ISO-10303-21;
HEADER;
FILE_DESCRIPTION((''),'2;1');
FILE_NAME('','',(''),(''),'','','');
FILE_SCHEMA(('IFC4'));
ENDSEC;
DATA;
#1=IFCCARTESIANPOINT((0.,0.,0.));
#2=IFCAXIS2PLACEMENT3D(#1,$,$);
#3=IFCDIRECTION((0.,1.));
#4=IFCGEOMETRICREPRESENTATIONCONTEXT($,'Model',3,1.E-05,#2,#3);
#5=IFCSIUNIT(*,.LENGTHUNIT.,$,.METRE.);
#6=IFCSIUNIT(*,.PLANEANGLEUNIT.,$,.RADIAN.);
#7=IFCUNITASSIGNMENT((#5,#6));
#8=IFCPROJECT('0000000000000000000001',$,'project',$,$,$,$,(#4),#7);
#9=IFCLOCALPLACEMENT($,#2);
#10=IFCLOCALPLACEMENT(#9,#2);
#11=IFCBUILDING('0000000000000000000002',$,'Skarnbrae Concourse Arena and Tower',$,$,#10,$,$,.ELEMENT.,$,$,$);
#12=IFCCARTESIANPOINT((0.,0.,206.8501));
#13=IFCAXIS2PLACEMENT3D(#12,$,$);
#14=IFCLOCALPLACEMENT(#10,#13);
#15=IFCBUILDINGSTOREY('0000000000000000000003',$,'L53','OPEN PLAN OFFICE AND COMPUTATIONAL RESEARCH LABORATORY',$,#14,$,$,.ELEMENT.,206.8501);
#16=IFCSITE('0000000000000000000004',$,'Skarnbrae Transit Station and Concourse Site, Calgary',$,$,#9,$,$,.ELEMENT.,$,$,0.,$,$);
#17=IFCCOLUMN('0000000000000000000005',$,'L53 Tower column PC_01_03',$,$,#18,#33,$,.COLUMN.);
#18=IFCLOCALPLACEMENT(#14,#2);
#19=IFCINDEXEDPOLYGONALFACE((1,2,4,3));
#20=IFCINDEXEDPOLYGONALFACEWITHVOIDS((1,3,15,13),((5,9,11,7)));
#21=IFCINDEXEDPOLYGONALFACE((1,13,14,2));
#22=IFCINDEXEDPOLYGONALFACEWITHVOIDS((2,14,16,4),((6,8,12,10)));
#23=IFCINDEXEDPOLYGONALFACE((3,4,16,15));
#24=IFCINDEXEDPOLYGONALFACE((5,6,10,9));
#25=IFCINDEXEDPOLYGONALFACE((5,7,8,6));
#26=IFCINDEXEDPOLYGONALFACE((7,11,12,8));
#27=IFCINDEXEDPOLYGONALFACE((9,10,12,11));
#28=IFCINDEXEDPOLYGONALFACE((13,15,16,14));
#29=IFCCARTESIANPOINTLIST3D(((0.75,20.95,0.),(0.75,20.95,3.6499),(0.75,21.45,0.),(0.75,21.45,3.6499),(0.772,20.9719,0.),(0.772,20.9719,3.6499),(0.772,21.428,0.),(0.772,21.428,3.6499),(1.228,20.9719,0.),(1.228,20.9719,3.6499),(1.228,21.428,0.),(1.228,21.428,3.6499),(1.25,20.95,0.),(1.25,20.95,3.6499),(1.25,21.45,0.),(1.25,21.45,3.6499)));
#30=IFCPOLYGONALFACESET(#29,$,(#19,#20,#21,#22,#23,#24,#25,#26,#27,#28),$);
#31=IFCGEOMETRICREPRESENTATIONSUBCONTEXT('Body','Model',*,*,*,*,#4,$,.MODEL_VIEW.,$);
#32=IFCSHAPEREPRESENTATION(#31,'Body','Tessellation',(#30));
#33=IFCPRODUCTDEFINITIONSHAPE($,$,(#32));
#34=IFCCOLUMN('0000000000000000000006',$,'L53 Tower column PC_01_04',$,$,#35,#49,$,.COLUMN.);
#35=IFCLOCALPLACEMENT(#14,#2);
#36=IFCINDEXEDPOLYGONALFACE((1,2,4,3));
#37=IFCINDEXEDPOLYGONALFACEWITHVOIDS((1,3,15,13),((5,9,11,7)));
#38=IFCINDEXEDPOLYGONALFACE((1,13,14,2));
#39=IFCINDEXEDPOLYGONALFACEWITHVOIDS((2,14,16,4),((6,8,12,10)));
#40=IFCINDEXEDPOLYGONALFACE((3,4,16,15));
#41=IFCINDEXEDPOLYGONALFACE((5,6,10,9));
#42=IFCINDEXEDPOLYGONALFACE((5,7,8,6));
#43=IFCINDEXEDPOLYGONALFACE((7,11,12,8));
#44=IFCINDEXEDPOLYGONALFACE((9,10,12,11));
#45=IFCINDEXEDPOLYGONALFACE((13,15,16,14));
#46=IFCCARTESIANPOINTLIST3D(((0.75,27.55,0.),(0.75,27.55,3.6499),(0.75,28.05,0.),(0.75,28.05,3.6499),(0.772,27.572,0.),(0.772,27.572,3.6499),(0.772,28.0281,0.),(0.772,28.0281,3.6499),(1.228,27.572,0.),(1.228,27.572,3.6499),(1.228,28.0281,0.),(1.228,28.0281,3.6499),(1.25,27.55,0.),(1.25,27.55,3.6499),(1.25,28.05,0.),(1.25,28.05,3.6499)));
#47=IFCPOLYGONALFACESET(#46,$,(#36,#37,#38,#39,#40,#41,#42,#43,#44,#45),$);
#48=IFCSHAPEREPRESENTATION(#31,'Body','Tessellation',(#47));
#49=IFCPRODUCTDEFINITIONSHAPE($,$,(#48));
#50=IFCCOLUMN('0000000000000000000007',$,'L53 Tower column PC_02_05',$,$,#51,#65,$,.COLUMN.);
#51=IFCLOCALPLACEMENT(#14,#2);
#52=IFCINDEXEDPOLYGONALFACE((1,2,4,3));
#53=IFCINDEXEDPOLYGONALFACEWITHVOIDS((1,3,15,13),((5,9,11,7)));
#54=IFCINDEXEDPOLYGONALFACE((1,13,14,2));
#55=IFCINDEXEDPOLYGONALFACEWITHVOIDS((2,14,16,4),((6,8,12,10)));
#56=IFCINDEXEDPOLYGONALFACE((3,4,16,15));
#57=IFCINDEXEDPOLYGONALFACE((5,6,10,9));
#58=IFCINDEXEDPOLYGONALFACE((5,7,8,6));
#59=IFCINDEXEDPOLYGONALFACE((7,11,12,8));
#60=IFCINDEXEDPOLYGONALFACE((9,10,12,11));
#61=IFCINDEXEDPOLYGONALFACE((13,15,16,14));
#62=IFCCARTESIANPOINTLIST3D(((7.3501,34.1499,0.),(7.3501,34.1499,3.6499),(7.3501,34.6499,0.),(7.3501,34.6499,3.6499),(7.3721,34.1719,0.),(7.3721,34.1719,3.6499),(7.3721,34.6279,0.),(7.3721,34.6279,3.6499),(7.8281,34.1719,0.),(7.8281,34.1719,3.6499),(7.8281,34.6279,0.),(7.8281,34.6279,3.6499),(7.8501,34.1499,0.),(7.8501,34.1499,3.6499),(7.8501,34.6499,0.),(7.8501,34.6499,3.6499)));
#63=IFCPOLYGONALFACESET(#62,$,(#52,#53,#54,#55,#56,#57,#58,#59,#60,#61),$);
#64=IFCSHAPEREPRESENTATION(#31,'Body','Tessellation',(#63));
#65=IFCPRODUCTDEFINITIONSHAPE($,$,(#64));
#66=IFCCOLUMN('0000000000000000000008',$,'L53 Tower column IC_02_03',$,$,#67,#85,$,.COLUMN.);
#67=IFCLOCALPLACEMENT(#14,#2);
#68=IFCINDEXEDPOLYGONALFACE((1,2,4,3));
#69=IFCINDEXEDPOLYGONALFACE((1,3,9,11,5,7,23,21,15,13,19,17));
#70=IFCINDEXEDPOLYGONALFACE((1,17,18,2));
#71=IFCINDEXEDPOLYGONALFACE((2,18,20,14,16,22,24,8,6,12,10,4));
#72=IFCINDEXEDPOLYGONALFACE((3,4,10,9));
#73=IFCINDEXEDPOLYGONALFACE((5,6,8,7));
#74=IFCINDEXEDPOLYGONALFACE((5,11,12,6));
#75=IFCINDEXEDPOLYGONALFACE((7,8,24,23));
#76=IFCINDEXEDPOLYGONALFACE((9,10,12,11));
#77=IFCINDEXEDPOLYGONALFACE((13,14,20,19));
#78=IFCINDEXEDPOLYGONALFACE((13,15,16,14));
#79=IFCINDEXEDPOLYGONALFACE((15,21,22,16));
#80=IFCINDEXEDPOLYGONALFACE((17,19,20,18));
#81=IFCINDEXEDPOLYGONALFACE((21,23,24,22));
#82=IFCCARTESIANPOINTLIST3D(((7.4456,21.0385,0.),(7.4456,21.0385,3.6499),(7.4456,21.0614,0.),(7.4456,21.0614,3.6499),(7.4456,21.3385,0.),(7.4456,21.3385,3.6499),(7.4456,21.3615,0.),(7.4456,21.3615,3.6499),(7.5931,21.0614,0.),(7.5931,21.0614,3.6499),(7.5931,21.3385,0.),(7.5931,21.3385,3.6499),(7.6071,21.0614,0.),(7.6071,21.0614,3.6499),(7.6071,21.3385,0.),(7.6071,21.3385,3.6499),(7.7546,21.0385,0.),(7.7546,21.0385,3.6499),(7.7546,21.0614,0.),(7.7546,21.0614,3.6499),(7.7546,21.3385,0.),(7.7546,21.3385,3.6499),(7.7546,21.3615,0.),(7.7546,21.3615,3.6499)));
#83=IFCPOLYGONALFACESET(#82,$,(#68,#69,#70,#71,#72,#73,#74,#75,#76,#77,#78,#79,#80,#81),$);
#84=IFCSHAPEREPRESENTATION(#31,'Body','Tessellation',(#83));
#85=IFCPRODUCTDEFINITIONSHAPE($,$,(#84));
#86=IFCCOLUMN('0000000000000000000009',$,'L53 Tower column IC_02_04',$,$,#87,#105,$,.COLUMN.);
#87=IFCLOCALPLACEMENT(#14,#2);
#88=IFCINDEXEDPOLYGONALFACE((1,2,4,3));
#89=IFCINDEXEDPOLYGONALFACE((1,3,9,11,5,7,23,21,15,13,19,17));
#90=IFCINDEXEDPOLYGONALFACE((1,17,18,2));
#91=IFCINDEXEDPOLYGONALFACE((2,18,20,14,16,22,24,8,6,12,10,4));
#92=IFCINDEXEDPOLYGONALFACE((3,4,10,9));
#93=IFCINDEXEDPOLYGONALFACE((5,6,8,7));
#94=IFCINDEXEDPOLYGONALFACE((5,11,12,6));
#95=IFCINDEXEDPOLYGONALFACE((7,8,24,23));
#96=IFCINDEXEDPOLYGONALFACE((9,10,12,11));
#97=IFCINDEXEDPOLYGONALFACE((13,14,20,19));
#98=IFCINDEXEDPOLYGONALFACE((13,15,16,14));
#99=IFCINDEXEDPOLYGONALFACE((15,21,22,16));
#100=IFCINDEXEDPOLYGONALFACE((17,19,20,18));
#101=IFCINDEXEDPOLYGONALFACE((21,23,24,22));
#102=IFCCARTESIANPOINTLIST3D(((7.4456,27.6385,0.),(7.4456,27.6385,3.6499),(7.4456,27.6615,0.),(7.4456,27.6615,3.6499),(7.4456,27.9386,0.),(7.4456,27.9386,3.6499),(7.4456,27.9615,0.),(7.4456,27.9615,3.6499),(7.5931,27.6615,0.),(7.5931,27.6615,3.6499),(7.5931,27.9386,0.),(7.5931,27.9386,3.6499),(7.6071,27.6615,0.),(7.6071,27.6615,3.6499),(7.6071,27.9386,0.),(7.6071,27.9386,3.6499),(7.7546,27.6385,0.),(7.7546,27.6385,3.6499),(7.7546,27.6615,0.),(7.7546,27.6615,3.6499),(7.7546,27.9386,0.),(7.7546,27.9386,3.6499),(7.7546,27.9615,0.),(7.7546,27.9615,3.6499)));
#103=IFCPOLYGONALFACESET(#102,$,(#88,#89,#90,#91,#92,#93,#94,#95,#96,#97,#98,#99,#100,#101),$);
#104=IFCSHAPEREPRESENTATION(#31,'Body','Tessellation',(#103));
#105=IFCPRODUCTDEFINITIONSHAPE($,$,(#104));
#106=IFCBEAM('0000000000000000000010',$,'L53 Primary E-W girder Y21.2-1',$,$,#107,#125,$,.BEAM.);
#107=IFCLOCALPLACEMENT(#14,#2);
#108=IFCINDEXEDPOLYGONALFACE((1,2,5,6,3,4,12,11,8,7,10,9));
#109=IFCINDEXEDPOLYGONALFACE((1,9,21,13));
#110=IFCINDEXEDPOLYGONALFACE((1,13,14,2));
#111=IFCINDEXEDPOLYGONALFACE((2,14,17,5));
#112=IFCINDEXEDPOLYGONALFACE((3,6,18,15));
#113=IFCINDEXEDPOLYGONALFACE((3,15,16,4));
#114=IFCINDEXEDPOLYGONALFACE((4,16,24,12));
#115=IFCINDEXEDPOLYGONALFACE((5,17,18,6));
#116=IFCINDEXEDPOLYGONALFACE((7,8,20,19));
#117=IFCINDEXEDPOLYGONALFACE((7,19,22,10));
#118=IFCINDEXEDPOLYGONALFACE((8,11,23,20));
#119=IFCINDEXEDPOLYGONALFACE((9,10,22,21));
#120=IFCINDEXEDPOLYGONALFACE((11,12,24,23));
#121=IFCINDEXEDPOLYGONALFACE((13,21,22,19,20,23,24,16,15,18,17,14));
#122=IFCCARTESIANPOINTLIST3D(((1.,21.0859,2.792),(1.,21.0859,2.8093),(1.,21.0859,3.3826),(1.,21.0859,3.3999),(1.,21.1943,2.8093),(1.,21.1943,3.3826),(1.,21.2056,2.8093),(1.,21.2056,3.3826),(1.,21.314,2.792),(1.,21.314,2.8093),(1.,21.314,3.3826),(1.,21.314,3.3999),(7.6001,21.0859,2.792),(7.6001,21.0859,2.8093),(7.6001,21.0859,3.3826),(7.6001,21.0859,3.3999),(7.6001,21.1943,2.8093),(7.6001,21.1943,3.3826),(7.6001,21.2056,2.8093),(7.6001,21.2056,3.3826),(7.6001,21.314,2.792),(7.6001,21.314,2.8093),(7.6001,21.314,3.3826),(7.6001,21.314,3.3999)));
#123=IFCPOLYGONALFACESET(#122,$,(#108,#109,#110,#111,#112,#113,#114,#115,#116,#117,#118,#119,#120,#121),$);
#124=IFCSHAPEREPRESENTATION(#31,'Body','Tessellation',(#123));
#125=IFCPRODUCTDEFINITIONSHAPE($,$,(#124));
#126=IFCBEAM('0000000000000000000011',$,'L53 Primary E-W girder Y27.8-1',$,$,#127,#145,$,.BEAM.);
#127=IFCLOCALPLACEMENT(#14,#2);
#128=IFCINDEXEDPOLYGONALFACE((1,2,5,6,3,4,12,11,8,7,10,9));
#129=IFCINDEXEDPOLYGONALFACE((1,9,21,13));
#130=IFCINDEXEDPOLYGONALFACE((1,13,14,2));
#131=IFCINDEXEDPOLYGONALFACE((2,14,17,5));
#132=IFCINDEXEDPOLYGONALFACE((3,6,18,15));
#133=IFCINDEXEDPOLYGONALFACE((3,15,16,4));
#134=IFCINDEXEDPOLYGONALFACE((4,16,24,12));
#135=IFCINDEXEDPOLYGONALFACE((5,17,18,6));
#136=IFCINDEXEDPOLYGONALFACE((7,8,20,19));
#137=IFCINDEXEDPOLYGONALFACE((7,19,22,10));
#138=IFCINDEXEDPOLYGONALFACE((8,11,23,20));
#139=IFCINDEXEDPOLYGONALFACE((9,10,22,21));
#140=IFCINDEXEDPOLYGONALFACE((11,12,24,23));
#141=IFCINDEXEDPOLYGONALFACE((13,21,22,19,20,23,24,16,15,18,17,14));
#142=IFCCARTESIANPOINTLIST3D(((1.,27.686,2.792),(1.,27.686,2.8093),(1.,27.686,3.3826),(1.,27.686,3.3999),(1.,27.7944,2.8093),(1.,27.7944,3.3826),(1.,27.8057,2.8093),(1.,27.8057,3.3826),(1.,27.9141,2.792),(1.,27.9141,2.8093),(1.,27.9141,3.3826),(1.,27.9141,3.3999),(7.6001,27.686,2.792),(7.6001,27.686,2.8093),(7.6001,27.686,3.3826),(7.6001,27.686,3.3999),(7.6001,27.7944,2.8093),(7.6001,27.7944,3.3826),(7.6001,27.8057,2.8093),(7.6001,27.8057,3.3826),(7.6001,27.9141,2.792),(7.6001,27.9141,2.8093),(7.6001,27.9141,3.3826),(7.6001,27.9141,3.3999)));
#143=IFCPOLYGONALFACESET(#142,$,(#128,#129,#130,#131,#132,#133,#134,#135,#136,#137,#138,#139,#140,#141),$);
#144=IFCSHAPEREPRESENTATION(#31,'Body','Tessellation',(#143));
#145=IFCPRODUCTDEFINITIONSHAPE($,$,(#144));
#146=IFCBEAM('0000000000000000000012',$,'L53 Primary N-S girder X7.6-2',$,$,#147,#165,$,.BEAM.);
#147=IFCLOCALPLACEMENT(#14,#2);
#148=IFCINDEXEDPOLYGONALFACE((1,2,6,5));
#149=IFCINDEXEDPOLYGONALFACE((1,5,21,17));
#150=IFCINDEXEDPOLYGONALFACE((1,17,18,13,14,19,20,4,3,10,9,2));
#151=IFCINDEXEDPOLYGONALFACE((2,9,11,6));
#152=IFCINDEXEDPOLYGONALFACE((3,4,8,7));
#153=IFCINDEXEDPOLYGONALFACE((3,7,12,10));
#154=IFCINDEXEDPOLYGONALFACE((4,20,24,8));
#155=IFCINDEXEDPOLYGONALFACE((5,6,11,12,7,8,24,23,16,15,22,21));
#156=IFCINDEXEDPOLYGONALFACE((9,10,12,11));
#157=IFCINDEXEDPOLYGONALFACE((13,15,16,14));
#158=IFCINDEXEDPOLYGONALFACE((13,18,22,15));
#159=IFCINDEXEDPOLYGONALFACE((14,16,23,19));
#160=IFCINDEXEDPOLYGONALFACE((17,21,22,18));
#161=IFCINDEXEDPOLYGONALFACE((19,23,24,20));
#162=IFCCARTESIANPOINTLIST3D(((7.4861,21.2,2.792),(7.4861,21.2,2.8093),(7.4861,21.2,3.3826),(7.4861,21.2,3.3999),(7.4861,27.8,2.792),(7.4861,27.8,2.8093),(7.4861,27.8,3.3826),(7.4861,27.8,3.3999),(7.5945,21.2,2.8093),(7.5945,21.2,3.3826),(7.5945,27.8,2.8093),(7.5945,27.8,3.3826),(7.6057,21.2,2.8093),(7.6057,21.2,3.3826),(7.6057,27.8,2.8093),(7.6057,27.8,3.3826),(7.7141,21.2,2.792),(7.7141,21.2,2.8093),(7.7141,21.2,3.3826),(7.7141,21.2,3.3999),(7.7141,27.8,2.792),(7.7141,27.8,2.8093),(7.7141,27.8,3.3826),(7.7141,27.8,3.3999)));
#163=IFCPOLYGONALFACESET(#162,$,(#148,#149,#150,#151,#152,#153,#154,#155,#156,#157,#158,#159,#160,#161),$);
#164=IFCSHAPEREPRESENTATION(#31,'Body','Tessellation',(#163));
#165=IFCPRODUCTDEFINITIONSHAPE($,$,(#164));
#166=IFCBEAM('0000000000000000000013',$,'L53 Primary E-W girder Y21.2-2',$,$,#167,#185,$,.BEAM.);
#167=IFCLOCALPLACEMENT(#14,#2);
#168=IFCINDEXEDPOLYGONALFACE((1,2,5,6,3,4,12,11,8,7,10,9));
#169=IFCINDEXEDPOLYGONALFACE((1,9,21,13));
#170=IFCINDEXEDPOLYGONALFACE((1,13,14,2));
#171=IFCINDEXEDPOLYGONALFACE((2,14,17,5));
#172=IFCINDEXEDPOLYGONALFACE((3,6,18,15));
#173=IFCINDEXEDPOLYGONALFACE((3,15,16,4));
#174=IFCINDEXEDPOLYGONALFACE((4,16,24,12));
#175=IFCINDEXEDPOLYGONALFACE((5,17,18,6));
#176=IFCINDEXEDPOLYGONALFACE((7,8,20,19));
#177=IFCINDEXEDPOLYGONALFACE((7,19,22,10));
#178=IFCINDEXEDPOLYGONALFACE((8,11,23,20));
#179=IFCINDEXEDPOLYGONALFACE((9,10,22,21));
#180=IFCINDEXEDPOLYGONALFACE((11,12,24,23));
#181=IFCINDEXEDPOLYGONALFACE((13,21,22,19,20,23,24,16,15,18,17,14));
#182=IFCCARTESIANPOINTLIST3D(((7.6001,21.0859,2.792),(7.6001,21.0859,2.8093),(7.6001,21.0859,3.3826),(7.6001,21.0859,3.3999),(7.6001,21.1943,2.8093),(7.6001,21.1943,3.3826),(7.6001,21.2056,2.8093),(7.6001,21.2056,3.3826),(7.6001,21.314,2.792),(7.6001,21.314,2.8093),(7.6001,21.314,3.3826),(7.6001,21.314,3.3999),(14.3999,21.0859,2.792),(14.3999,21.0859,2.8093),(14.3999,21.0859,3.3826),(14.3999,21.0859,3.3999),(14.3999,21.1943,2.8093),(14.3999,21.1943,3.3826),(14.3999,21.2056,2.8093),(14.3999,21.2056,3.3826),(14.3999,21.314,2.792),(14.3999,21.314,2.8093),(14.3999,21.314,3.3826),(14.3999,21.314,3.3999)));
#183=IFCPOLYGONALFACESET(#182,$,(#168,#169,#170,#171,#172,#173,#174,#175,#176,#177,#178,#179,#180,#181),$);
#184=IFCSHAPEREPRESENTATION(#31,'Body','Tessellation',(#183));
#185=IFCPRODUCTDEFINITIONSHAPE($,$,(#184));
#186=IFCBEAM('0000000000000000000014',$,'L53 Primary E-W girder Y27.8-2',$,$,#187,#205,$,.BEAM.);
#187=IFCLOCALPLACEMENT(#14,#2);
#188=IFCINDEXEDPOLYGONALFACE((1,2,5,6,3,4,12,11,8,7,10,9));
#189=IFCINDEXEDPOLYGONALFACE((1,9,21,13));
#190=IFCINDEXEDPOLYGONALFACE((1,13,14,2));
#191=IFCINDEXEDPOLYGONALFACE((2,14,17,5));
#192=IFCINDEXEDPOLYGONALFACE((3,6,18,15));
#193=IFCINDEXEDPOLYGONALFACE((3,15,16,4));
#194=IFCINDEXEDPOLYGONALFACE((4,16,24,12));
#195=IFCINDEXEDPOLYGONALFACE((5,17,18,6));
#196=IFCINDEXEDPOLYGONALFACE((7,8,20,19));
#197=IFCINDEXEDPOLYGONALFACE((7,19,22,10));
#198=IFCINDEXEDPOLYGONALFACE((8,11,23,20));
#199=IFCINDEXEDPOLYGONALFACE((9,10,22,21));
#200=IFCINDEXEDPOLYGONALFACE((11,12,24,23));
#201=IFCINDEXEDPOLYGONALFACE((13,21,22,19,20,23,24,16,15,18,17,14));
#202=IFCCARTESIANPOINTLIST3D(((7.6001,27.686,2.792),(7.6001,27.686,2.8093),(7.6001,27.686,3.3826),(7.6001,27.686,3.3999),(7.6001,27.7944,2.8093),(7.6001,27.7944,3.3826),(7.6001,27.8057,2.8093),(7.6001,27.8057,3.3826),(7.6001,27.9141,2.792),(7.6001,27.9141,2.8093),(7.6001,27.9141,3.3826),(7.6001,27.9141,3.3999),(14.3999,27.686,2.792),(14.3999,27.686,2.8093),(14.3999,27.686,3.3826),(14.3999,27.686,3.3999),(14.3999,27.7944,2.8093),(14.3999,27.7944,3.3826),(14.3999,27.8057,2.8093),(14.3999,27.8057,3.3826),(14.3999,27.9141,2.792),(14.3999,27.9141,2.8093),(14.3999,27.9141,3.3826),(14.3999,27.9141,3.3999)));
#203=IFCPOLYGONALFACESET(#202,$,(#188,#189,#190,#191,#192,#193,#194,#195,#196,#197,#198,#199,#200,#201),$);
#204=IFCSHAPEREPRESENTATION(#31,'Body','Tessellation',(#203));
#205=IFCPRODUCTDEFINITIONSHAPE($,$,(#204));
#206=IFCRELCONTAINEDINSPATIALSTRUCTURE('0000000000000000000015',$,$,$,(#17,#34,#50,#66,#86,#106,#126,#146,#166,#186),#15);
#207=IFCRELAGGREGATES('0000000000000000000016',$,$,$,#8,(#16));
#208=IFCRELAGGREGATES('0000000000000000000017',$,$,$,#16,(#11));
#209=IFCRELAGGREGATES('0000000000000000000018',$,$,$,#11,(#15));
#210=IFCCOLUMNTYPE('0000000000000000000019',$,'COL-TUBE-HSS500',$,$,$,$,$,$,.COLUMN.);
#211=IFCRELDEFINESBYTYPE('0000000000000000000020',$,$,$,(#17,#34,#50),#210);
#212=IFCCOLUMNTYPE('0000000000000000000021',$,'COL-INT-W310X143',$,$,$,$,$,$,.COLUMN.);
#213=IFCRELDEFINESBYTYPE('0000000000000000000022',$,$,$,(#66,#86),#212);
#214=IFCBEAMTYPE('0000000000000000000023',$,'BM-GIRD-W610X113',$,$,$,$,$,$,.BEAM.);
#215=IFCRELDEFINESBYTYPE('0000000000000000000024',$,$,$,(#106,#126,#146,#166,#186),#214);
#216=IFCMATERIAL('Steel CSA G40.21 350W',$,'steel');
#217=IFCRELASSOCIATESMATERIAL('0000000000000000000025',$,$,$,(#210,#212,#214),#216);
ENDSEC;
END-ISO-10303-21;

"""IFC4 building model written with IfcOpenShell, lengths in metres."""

from ifc_helpers import new_model, si_unit, direction, frame, origin, origin_2d, place, context, subcontext, project, spatial, hollow_rectangle, i_section, extrude, source, transform, mapped, material, material_profile, profile_set, type_object, element, save


model = new_model("IFC4")

# Units and contexts
model_context = context("Model", 3, precision=1e-05, world=origin(), true_north=direction((0.0, 1.0)))
body_context = subcontext(model_context, "Body", "Model", "MODEL_VIEW")
ifc_project = project(units=[si_unit("LENGTHUNIT", "METRE"), si_unit("PLANEANGLEUNIT", "RADIAN")], contexts=[model_context])

# Site, building, storey
site_placement = place(None, origin())
site = spatial("IfcSite", under=ifc_project, at=site_placement, Name="Skarnbrae Transit Station and Concourse Site, Calgary", CompositionType="ELEMENT", RefElevation=0.0)
building_placement = place(site_placement, origin())
building = spatial("IfcBuilding", under=site, at=building_placement, Name="Skarnbrae Concourse Arena and Tower", CompositionType="ELEMENT")
storey_placement = place(building_placement, frame((0.0, 0.0, 206.8501)))
storey = spatial("IfcBuildingStorey", under=building, at=storey_placement, Name="L53", Description="OPEN PLAN OFFICE AND COMPUTATIONAL RESEARCH LABORATORY", CompositionType="ELEMENT", Elevation=206.8501)

# Columns
ifc_material_1 = material(Name="Steel CSA G40.21 350W", Category="steel")
ifc_material_profile_1 = material_profile(ifc_material_1, hollow_rectangle(XDim=0.5, YDim=0.5, WallThickness=0.022, at=origin_2d()), Name="HSS500X500X22.0")
ifc_profile_set_1 = profile_set([ifc_material_profile_1], Name="Steel CSA G40.21 350W")
column_type_1 = type_object("IfcColumnType", Name="COL-TUBE-HSS500", PredefinedType="COLUMN", material=ifc_profile_set_1)
shared_shape_1 = source(origin(), body_context, "Body", "SweptSolid", [
    extrude(hollow_rectangle(XDim=0.5, YDim=0.5, WallThickness=0.022, at=origin_2d()), origin(), (0.0, 0.0, 1.0), 3.6499),
])
for number, where, z_axis, x_axis, name in (
    (1, (1.0, 21.2, 0.0), (0.0, 0.0, 1.0), (1.0, 0.0, 0.0), "L53 Tower column PC_01_03"),
    (2, (1.0, 27.8, 0.0), (0.0, 0.0, 1.0), (1.0, 0.0, 0.0), "L53 Tower column PC_01_04"),
    (3, (7.6001, 34.3999, 0.0), (0.0, 0.0, 1.0), (1.0, 0.0, 0.0), "L53 Tower column PC_02_05"),
):
    element("IfcColumn", number, at=place(storey_placement, frame(where, z_axis=z_axis, x_axis=x_axis)), inside=storey, type_object=column_type_1, Name=name, PredefinedType="COLUMN", context=body_context, shape_type="MappedRepresentation", body=[
        mapped(shared_shape_1, transform((0.0, 0.0, 0.0))),
    ])
ifc_material_profile_2 = material_profile(ifc_material_1, i_section(OverallWidth=0.3091, OverallDepth=0.323, WebThickness=0.0139, FlangeThickness=0.0229, at=origin_2d()), Name="W310X143")
ifc_profile_set_2 = profile_set([ifc_material_profile_2], Name="Steel CSA G40.21 350W")
column_type_2 = type_object("IfcColumnType", Name="COL-INT-W310X143", PredefinedType="COLUMN", material=ifc_profile_set_2)
shared_shape_2 = source(origin(), body_context, "Body", "SweptSolid", [
    extrude(i_section(OverallWidth=0.3091, OverallDepth=0.323, WebThickness=0.0139, FlangeThickness=0.0229, at=origin_2d()), origin(), (0.0, 0.0, 1.0), 3.6499),
])
for number, where, z_axis, x_axis, name in (
    (4, (7.6001, 21.2, 0.0), (0.0, 0.0, 1.0), (1.0, 0.0, 0.0), "L53 Tower column IC_02_03"),
    (5, (7.6001, 27.8, 0.0), (0.0, 0.0, 1.0), (1.0, 0.0, 0.0), "L53 Tower column IC_02_04"),
):
    element("IfcColumn", number, at=place(storey_placement, frame(where, z_axis=z_axis, x_axis=x_axis)), inside=storey, type_object=column_type_2, Name=name, PredefinedType="COLUMN", context=body_context, shape_type="MappedRepresentation", body=[
        mapped(shared_shape_2, transform((0.0, 0.0, 0.0))),
    ])

# Beams
ifc_material_profile_3 = material_profile(ifc_material_1, i_section(OverallWidth=0.228, OverallDepth=0.6079, WebThickness=0.0112, FlangeThickness=0.0173, at=origin_2d()), Name="W610X113")
ifc_profile_set_3 = profile_set([ifc_material_profile_3], Name="Steel CSA G40.21 350W")
beam_type_1 = type_object("IfcBeamType", Name="BM-GIRD-W610X113", PredefinedType="BEAM", material=ifc_profile_set_3)
shared_shape_3 = source(origin(), body_context, "Body", "SweptSolid", [
    extrude(i_section(OverallWidth=0.228, OverallDepth=0.6079, WebThickness=0.0112, FlangeThickness=0.0173, at=origin_2d()), origin(), (0.0, 0.0, 1.0), 6.6001),
])
for number, where, z_axis, x_axis, name in (
    (6, (1.0, 21.2, 3.0959), (1.0, 0.0, 0.0), (0.0, 1.0, 0.0), "L53 Primary E-W girder Y21.2-1"),
    (7, (1.0, 27.8, 3.0959), (1.0, 0.0, 0.0), (0.0, 1.0, 0.0), "L53 Primary E-W girder Y27.8-1"),
    (8, (7.6001, 21.2, 3.0959), (0.0, 1.0, 0.0), (-1.0, 0.0, 0.0), "L53 Primary N-S girder X7.6-2"),
):
    element("IfcBeam", number, at=place(storey_placement, frame(where, z_axis=z_axis, x_axis=x_axis)), inside=storey, type_object=beam_type_1, Name=name, PredefinedType="BEAM", context=body_context, shape_type="MappedRepresentation", body=[
        mapped(shared_shape_3, transform((0.0, 0.0, 0.0))),
    ])
shared_shape_4 = source(origin(), body_context, "Body", "SweptSolid", [
    extrude(i_section(OverallWidth=0.228, OverallDepth=0.6079, WebThickness=0.0112, FlangeThickness=0.0173, at=origin_2d()), origin(), (0.0, 0.0, 1.0), 6.7998),
])
for number, where, z_axis, x_axis, name in (
    (9, (7.6001, 21.2, 3.0959), (1.0, 0.0, 0.0), (0.0, 1.0, 0.0), "L53 Primary E-W girder Y21.2-2"),
    (10, (7.6001, 27.8, 3.0959), (1.0, 0.0, 0.0), (0.0, 1.0, 0.0), "L53 Primary E-W girder Y27.8-2"),
):
    element("IfcBeam", number, at=place(storey_placement, frame(where, z_axis=z_axis, x_axis=x_axis)), inside=storey, type_object=beam_type_1, Name=name, PredefinedType="BEAM", context=body_context, shape_type="MappedRepresentation", body=[
        mapped(shared_shape_4, transform((0.0, 0.0, 0.0))),
    ])

save(model, "model.ifc")
